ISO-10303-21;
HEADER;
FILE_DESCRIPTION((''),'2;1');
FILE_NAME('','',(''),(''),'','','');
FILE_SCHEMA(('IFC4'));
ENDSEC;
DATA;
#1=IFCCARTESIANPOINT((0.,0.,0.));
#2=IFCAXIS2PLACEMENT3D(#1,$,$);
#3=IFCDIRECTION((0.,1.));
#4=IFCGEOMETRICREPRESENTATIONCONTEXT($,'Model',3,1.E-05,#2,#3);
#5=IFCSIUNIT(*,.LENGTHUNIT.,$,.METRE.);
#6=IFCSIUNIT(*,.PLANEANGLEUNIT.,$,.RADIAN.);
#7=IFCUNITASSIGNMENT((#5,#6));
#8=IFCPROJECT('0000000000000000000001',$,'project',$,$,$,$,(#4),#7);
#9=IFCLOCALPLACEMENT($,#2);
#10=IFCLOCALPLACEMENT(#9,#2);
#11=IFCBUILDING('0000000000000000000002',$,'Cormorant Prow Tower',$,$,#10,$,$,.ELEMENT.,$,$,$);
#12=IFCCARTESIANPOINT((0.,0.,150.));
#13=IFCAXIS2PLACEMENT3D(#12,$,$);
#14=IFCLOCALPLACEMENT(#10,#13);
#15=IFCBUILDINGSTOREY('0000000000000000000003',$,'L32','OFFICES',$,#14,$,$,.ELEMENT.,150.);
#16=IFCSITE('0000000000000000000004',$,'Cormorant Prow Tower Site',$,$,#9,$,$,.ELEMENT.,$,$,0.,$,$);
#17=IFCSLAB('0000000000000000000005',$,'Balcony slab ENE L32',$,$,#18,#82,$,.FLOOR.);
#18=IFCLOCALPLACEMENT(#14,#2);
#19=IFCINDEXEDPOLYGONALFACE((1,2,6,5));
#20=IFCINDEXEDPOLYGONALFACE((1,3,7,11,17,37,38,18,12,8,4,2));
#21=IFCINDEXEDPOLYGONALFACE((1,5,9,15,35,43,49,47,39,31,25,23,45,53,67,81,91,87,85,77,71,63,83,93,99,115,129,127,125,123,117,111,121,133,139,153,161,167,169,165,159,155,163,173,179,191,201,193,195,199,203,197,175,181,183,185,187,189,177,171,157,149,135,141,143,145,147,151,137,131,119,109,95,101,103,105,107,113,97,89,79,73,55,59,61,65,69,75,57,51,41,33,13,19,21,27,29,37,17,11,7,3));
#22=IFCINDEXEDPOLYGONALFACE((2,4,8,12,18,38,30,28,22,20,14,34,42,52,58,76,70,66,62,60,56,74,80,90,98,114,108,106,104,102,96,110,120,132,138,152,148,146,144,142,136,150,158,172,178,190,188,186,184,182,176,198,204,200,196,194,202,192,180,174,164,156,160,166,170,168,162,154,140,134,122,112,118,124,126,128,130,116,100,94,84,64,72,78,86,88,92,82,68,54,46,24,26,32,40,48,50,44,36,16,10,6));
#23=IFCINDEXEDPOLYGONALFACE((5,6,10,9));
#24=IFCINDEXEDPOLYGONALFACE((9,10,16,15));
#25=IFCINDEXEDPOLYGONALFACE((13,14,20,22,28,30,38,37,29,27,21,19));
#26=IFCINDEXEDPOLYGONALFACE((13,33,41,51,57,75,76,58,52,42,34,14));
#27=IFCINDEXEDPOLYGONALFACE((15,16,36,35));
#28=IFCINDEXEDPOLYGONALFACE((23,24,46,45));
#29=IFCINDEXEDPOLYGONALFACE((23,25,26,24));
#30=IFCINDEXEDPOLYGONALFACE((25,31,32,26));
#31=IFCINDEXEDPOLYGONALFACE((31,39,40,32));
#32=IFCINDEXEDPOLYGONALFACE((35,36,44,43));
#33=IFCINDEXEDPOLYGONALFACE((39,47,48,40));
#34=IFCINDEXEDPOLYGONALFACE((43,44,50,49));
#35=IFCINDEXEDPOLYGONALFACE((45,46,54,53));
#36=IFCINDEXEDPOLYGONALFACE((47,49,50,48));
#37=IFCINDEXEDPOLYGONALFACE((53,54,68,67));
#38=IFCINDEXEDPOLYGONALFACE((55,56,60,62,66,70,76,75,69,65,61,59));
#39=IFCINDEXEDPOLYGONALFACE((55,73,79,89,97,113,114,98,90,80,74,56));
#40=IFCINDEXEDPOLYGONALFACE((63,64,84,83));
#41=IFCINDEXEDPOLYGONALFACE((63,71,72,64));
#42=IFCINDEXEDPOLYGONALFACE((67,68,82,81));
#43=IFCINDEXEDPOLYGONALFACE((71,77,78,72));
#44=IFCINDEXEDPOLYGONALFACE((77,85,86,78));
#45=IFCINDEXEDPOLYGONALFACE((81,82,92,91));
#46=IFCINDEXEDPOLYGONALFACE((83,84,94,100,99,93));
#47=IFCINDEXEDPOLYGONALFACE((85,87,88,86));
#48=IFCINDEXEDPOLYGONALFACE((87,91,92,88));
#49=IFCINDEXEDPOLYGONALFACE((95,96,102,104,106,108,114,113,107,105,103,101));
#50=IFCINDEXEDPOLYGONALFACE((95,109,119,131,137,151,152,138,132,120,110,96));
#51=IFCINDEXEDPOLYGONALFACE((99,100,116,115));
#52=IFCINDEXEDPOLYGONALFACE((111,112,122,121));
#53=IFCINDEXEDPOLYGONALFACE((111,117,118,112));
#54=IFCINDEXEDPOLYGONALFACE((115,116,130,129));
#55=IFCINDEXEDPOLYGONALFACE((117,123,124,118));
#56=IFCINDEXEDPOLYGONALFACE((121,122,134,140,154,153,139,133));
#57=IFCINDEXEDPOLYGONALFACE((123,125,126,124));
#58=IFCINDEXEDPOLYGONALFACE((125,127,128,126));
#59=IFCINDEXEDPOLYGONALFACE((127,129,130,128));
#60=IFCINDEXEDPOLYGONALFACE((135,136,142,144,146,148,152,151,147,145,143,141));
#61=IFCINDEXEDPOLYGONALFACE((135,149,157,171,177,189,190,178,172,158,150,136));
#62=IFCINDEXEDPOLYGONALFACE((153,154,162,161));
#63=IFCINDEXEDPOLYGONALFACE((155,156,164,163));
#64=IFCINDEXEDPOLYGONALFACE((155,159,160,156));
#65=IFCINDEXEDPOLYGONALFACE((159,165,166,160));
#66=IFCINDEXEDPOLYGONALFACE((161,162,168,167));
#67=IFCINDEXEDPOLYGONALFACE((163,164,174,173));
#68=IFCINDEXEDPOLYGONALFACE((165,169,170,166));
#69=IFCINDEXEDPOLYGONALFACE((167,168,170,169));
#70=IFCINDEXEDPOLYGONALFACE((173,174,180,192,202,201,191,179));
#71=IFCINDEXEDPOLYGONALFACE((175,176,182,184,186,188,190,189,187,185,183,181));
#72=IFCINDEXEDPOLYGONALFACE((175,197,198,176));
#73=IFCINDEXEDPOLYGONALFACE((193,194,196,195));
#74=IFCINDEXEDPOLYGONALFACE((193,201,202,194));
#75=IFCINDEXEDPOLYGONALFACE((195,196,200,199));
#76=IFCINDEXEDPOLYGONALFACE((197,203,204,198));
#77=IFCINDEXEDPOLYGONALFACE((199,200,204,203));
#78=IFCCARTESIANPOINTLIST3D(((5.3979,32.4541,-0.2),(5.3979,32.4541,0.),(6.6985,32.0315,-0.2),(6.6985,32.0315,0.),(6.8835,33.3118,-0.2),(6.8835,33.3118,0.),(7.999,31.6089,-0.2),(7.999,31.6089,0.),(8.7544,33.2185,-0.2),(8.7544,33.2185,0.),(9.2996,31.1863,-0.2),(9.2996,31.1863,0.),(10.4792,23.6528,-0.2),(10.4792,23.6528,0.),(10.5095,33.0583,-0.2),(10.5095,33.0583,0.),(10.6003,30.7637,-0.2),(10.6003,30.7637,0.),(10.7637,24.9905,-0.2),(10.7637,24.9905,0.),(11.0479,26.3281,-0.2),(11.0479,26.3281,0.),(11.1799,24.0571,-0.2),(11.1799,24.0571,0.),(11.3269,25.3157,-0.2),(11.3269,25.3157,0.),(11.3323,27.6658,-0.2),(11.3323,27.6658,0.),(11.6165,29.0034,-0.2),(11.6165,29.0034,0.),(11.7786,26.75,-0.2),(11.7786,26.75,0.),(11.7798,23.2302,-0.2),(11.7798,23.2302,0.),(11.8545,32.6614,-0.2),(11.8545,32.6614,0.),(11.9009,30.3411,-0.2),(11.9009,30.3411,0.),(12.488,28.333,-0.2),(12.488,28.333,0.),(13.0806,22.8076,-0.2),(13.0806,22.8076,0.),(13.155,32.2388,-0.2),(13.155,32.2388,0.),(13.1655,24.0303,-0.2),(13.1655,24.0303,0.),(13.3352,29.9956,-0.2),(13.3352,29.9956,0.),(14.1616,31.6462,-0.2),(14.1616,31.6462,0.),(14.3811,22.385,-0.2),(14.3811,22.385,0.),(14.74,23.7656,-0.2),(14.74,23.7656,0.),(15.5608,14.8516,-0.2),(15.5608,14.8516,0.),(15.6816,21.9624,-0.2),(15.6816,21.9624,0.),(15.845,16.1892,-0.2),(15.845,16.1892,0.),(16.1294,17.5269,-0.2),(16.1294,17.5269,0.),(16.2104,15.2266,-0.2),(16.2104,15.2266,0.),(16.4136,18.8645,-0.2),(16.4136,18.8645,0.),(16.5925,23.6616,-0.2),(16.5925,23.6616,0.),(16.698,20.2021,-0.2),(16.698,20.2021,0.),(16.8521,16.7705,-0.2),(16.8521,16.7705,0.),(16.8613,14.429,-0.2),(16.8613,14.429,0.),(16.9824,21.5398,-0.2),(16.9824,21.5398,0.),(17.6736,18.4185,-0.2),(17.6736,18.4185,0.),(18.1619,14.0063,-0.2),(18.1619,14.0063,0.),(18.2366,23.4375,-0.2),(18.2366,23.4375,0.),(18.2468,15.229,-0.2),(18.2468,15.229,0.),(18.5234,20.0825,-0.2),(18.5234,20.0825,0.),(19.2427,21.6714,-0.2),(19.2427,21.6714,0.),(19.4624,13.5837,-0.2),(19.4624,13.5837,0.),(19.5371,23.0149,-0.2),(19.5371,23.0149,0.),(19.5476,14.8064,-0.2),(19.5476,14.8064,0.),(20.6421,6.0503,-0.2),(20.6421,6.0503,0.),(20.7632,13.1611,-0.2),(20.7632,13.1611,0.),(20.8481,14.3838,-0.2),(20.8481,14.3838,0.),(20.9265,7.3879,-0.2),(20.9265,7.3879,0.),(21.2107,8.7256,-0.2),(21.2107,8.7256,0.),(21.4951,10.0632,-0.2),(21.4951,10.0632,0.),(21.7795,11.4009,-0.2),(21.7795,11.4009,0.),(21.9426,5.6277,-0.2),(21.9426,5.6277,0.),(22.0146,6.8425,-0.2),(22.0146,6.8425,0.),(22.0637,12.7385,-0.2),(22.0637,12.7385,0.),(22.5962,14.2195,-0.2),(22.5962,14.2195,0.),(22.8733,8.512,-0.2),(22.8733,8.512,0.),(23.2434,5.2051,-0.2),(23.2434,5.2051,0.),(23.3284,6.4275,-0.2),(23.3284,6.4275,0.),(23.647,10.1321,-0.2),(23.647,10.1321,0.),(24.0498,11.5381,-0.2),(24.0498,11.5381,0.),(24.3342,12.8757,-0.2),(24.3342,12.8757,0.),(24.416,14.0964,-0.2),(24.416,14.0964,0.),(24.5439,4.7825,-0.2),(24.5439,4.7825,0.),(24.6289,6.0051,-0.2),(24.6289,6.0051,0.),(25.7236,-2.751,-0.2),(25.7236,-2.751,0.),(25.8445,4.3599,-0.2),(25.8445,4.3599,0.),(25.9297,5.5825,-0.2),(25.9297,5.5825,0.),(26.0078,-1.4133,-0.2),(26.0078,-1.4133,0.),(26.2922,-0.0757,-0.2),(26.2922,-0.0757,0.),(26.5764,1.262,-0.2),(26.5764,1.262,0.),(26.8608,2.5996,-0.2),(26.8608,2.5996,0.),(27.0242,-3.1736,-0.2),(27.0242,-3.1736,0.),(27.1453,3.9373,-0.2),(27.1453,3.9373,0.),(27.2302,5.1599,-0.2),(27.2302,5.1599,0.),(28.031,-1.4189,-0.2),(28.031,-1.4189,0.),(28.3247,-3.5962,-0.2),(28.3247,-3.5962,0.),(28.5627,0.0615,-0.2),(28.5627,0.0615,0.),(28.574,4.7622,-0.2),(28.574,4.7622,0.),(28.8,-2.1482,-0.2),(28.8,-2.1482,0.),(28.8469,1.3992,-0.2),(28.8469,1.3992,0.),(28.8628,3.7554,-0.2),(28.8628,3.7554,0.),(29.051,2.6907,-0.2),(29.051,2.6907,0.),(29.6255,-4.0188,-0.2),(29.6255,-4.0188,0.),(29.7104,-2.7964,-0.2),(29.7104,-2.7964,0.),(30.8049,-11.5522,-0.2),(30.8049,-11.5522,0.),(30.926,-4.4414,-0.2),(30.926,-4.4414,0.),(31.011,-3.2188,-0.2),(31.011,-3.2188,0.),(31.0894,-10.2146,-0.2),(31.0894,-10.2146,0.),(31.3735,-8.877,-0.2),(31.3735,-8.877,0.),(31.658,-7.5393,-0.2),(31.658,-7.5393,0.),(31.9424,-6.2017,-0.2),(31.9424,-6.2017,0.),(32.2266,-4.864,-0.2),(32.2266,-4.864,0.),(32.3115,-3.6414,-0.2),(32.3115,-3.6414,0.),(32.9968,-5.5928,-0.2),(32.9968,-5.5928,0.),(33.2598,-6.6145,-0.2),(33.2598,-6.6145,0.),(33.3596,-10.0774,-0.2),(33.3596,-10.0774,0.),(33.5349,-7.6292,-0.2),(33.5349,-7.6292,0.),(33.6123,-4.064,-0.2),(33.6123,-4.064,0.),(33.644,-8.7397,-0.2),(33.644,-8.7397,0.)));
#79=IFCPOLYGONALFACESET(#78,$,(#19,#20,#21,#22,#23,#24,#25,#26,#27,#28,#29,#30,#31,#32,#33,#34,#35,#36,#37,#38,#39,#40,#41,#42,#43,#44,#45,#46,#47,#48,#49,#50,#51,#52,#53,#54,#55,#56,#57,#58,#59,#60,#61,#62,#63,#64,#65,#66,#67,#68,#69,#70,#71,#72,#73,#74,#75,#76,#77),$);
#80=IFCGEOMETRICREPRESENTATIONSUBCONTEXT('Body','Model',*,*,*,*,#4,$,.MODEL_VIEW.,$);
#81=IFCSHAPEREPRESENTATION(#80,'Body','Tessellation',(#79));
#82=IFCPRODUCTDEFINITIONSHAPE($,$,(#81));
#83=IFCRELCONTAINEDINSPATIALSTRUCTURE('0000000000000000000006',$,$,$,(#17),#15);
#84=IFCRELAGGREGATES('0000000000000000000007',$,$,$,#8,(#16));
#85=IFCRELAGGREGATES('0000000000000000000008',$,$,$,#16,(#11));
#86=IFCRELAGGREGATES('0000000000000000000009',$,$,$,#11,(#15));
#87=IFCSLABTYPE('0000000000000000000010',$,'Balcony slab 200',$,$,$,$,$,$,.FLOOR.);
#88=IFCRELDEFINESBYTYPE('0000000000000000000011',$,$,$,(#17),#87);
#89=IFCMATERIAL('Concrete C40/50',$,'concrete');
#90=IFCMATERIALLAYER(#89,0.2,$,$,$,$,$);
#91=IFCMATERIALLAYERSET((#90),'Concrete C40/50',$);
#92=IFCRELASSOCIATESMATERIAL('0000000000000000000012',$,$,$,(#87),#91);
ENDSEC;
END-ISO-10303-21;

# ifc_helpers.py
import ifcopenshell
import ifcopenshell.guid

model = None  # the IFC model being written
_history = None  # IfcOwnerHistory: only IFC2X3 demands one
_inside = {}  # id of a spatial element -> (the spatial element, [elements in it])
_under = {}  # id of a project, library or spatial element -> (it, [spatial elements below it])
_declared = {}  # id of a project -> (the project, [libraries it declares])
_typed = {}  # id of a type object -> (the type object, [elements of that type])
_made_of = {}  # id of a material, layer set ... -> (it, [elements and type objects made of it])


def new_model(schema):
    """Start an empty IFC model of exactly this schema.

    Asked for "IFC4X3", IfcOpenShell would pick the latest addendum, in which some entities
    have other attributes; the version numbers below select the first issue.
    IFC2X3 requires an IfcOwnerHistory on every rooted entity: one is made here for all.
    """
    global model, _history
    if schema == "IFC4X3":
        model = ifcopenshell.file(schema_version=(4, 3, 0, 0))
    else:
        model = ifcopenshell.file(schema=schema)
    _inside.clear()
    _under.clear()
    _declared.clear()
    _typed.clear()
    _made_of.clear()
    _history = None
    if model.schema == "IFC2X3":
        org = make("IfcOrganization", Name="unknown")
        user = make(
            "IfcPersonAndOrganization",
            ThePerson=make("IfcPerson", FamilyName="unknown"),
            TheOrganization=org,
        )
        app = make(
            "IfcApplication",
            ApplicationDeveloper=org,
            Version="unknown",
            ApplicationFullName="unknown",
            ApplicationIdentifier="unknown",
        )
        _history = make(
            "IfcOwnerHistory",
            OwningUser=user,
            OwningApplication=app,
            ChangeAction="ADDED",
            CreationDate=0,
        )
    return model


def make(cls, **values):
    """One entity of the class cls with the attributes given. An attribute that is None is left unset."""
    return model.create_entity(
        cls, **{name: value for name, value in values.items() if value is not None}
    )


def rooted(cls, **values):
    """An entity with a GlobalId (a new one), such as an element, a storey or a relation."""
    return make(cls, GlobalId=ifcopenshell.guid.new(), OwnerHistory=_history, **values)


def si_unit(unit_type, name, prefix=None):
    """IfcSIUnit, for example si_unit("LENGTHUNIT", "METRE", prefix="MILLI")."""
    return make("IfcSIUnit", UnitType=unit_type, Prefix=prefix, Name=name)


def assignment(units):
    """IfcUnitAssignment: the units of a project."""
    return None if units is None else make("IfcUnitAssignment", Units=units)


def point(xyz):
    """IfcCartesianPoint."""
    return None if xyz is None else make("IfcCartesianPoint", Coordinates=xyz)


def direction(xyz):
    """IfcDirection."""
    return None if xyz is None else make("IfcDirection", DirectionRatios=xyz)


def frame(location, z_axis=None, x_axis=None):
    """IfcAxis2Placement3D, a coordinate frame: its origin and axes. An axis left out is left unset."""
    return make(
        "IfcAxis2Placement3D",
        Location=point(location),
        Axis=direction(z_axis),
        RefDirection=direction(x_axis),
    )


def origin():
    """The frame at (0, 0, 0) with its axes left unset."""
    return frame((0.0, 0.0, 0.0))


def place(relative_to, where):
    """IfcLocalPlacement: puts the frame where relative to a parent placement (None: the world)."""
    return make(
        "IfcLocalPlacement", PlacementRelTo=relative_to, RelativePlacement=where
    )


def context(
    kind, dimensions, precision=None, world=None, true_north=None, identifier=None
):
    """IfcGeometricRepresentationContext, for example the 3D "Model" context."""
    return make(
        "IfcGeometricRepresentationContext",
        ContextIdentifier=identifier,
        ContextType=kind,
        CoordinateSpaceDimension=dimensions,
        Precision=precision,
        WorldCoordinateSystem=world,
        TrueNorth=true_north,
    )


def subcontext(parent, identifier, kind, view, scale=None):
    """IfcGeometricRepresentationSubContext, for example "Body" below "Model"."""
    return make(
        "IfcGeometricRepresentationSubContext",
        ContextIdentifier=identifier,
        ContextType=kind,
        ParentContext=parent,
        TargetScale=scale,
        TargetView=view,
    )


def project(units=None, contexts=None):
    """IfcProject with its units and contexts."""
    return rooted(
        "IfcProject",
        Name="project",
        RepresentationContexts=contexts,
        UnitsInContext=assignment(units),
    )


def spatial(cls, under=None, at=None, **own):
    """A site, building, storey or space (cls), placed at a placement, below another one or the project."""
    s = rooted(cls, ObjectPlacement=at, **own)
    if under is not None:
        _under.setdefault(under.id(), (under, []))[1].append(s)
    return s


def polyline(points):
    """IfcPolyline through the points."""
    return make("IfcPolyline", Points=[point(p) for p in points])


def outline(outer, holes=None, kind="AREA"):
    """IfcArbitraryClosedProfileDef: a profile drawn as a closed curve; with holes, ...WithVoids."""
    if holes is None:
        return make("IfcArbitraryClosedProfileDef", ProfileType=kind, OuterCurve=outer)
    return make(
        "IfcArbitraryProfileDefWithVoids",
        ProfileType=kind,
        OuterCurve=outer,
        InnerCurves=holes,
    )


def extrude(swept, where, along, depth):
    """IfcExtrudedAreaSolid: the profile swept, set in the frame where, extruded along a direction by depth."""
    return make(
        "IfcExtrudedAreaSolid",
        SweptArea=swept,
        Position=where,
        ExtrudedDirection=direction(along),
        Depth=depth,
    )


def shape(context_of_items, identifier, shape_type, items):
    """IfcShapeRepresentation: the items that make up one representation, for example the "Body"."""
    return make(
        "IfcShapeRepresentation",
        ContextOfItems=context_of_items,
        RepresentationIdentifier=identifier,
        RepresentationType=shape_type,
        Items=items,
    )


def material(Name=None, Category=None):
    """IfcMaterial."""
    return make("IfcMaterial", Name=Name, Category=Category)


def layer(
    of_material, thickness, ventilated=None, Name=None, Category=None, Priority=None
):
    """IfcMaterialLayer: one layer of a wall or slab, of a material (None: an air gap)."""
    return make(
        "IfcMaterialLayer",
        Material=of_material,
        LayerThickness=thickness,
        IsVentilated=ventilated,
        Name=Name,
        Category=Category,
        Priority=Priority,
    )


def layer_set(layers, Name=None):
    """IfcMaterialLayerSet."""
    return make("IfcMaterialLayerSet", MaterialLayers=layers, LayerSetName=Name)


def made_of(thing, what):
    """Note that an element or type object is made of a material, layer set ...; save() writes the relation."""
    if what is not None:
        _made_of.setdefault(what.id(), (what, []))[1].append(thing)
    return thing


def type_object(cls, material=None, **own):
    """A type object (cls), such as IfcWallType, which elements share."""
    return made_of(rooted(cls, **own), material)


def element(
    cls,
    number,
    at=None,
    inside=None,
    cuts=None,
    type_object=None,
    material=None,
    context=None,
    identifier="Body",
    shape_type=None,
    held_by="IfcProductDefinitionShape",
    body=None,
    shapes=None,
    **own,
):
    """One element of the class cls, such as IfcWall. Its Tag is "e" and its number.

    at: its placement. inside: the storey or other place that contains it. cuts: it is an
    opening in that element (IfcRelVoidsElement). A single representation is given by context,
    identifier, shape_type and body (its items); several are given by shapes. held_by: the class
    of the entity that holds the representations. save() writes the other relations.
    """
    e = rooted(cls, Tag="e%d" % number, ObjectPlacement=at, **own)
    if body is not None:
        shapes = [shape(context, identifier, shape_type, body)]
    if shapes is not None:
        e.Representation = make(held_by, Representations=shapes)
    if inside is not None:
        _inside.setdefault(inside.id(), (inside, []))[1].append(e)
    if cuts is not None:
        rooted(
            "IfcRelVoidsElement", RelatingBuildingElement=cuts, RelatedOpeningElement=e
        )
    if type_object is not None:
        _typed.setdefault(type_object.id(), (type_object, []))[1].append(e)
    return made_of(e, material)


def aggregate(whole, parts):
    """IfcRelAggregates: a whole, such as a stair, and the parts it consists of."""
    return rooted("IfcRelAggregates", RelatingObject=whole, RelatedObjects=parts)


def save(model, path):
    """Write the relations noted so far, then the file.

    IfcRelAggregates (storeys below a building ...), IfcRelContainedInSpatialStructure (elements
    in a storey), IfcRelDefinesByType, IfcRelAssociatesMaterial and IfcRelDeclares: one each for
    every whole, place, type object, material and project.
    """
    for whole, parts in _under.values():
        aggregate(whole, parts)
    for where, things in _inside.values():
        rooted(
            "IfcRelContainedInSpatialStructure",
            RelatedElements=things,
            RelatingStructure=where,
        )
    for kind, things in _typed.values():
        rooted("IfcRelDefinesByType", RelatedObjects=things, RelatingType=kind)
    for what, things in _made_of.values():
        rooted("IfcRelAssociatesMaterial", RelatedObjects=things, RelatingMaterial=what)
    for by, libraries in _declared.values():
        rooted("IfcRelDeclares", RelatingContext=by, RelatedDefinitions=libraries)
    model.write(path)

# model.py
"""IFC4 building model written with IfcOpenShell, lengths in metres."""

from ifc_helpers import new_model, si_unit, direction, frame, origin, place, context, subcontext, project, spatial, polyline, outline, extrude, material, layer, layer_set, type_object, element, save


model = new_model("IFC4")

# Units and contexts
model_context = context("Model", 3, precision=1e-05, world=origin(), true_north=direction((0.0, 1.0)))
body_context = subcontext(model_context, "Body", "Model", "MODEL_VIEW")
ifc_project = project(units=[si_unit("LENGTHUNIT", "METRE"), si_unit("PLANEANGLEUNIT", "RADIAN")], contexts=[model_context])

# Site, building, storey
site_placement = place(None, origin())
site = spatial("IfcSite", under=ifc_project, at=site_placement, Name="Cormorant Prow Tower Site", CompositionType="ELEMENT", RefElevation=0.0)
building_placement = place(site_placement, origin())
building = spatial("IfcBuilding", under=site, at=building_placement, Name="Cormorant Prow Tower", CompositionType="ELEMENT")
storey_placement = place(building_placement, frame((0.0, 0.0, 150.0)))
storey = spatial("IfcBuildingStorey", under=building, at=storey_placement, Name="L32", Description="OFFICES", CompositionType="ELEMENT", Elevation=150.0)

# Slab
ifc_material_1 = material(Name="Concrete C40/50", Category="concrete")
ifc_layer_1 = layer(ifc_material_1, 0.2)
ifc_layer_set_1 = layer_set([ifc_layer_1], Name="Concrete C40/50")
slab_type_1 = type_object("IfcSlabType", Name="Balcony slab 200", PredefinedType="FLOOR", material=ifc_layer_set_1)
slab_1_placement = place(storey_placement, frame((0.0, 0.0, -0.2)))
element("IfcSlab", 1, at=slab_1_placement, inside=storey, type_object=slab_type_1, Name="Balcony slab ENE L32", PredefinedType="FLOOR", context=body_context, shape_type="SweptSolid", body=[
    extrude(outline(polyline([(30.8049, -11.5522), (33.3596, -10.0774), (33.644, -8.7397), (33.5349, -7.6292), (33.2598, -6.6145), (32.9968, -5.5928), (33.6123, -4.064), (32.3115, -3.6414), (31.011, -3.2188), (29.7104, -2.7964), (28.8, -2.1482), (28.031, -1.4189), (28.5627, 0.0615), (28.8469, 1.3992), (29.051, 2.6907), (28.8628, 3.7554), (28.574, 4.7622), (27.2302, 5.1599), (25.9297, 5.5825), (24.6289, 6.0051), (23.3284, 6.4275), (22.0146, 6.8425), (22.8733, 8.512), (23.647, 10.1321), (24.0498, 11.5381), (24.3342, 12.8757), (24.416, 14.0964), (22.5962, 14.2195), (20.8481, 14.3838), (19.5476, 14.8064), (18.2468, 15.229), (16.2104, 15.2266), (16.8521, 16.7705), (17.6736, 18.4185), (18.5234, 20.0825), (19.2427, 21.6714), (19.5371, 23.0149), (18.2366, 23.4375), (16.5925, 23.6616), (14.74, 23.7656), (13.1655, 24.0303), (11.1799, 24.0571), (11.3269, 25.3157), (11.7786, 26.75), (12.488, 28.333), (13.3352, 29.9956), (14.1616, 31.6462), (13.155, 32.2388), (11.8545, 32.6614), (10.5095, 33.0583), (8.7544, 33.2185), (6.8835, 33.3118), (5.3979, 32.4541), (6.6985, 32.0315), (7.999, 31.6089), (9.2996, 31.1863), (10.6003, 30.7637), (11.9009, 30.3411), (11.6165, 29.0034), (11.3323, 27.6658), (11.0479, 26.3281), (10.7637, 24.9905), (10.4792, 23.6528), (11.7798, 23.2302), (13.0806, 22.8076), (14.3811, 22.385), (15.6816, 21.9624), (16.9824, 21.5398), (16.698, 20.2021), (16.4136, 18.8645), (16.1294, 17.5269), (15.845, 16.1892), (15.5608, 14.8516), (16.8613, 14.429), (18.1619, 14.0063), (19.4624, 13.5837), (20.7632, 13.1611), (22.0637, 12.7385), (21.7795, 11.4009), (21.4951, 10.0632), (21.2107, 8.7256), (20.9265, 7.3879), (20.6421, 6.0503), (21.9426, 5.6277), (23.2434, 5.2051), (24.5439, 4.7825), (25.8445, 4.3599), (27.1453, 3.9373), (26.8608, 2.5996), (26.5764, 1.262), (26.2922, -0.0757), (26.0078, -1.4133), (25.7236, -2.751), (27.0242, -3.1736), (28.3247, -3.5962), (29.6255, -4.0188), (30.926, -4.4414), (32.2266, -4.864), (31.9424, -6.2017), (31.658, -7.5393), (31.3735, -8.877), (31.0894, -10.2146), (30.8049, -11.5522)])), origin(), (0.0, 0.0, 1.0), 0.2),
])

save(model, "model.ifc")
